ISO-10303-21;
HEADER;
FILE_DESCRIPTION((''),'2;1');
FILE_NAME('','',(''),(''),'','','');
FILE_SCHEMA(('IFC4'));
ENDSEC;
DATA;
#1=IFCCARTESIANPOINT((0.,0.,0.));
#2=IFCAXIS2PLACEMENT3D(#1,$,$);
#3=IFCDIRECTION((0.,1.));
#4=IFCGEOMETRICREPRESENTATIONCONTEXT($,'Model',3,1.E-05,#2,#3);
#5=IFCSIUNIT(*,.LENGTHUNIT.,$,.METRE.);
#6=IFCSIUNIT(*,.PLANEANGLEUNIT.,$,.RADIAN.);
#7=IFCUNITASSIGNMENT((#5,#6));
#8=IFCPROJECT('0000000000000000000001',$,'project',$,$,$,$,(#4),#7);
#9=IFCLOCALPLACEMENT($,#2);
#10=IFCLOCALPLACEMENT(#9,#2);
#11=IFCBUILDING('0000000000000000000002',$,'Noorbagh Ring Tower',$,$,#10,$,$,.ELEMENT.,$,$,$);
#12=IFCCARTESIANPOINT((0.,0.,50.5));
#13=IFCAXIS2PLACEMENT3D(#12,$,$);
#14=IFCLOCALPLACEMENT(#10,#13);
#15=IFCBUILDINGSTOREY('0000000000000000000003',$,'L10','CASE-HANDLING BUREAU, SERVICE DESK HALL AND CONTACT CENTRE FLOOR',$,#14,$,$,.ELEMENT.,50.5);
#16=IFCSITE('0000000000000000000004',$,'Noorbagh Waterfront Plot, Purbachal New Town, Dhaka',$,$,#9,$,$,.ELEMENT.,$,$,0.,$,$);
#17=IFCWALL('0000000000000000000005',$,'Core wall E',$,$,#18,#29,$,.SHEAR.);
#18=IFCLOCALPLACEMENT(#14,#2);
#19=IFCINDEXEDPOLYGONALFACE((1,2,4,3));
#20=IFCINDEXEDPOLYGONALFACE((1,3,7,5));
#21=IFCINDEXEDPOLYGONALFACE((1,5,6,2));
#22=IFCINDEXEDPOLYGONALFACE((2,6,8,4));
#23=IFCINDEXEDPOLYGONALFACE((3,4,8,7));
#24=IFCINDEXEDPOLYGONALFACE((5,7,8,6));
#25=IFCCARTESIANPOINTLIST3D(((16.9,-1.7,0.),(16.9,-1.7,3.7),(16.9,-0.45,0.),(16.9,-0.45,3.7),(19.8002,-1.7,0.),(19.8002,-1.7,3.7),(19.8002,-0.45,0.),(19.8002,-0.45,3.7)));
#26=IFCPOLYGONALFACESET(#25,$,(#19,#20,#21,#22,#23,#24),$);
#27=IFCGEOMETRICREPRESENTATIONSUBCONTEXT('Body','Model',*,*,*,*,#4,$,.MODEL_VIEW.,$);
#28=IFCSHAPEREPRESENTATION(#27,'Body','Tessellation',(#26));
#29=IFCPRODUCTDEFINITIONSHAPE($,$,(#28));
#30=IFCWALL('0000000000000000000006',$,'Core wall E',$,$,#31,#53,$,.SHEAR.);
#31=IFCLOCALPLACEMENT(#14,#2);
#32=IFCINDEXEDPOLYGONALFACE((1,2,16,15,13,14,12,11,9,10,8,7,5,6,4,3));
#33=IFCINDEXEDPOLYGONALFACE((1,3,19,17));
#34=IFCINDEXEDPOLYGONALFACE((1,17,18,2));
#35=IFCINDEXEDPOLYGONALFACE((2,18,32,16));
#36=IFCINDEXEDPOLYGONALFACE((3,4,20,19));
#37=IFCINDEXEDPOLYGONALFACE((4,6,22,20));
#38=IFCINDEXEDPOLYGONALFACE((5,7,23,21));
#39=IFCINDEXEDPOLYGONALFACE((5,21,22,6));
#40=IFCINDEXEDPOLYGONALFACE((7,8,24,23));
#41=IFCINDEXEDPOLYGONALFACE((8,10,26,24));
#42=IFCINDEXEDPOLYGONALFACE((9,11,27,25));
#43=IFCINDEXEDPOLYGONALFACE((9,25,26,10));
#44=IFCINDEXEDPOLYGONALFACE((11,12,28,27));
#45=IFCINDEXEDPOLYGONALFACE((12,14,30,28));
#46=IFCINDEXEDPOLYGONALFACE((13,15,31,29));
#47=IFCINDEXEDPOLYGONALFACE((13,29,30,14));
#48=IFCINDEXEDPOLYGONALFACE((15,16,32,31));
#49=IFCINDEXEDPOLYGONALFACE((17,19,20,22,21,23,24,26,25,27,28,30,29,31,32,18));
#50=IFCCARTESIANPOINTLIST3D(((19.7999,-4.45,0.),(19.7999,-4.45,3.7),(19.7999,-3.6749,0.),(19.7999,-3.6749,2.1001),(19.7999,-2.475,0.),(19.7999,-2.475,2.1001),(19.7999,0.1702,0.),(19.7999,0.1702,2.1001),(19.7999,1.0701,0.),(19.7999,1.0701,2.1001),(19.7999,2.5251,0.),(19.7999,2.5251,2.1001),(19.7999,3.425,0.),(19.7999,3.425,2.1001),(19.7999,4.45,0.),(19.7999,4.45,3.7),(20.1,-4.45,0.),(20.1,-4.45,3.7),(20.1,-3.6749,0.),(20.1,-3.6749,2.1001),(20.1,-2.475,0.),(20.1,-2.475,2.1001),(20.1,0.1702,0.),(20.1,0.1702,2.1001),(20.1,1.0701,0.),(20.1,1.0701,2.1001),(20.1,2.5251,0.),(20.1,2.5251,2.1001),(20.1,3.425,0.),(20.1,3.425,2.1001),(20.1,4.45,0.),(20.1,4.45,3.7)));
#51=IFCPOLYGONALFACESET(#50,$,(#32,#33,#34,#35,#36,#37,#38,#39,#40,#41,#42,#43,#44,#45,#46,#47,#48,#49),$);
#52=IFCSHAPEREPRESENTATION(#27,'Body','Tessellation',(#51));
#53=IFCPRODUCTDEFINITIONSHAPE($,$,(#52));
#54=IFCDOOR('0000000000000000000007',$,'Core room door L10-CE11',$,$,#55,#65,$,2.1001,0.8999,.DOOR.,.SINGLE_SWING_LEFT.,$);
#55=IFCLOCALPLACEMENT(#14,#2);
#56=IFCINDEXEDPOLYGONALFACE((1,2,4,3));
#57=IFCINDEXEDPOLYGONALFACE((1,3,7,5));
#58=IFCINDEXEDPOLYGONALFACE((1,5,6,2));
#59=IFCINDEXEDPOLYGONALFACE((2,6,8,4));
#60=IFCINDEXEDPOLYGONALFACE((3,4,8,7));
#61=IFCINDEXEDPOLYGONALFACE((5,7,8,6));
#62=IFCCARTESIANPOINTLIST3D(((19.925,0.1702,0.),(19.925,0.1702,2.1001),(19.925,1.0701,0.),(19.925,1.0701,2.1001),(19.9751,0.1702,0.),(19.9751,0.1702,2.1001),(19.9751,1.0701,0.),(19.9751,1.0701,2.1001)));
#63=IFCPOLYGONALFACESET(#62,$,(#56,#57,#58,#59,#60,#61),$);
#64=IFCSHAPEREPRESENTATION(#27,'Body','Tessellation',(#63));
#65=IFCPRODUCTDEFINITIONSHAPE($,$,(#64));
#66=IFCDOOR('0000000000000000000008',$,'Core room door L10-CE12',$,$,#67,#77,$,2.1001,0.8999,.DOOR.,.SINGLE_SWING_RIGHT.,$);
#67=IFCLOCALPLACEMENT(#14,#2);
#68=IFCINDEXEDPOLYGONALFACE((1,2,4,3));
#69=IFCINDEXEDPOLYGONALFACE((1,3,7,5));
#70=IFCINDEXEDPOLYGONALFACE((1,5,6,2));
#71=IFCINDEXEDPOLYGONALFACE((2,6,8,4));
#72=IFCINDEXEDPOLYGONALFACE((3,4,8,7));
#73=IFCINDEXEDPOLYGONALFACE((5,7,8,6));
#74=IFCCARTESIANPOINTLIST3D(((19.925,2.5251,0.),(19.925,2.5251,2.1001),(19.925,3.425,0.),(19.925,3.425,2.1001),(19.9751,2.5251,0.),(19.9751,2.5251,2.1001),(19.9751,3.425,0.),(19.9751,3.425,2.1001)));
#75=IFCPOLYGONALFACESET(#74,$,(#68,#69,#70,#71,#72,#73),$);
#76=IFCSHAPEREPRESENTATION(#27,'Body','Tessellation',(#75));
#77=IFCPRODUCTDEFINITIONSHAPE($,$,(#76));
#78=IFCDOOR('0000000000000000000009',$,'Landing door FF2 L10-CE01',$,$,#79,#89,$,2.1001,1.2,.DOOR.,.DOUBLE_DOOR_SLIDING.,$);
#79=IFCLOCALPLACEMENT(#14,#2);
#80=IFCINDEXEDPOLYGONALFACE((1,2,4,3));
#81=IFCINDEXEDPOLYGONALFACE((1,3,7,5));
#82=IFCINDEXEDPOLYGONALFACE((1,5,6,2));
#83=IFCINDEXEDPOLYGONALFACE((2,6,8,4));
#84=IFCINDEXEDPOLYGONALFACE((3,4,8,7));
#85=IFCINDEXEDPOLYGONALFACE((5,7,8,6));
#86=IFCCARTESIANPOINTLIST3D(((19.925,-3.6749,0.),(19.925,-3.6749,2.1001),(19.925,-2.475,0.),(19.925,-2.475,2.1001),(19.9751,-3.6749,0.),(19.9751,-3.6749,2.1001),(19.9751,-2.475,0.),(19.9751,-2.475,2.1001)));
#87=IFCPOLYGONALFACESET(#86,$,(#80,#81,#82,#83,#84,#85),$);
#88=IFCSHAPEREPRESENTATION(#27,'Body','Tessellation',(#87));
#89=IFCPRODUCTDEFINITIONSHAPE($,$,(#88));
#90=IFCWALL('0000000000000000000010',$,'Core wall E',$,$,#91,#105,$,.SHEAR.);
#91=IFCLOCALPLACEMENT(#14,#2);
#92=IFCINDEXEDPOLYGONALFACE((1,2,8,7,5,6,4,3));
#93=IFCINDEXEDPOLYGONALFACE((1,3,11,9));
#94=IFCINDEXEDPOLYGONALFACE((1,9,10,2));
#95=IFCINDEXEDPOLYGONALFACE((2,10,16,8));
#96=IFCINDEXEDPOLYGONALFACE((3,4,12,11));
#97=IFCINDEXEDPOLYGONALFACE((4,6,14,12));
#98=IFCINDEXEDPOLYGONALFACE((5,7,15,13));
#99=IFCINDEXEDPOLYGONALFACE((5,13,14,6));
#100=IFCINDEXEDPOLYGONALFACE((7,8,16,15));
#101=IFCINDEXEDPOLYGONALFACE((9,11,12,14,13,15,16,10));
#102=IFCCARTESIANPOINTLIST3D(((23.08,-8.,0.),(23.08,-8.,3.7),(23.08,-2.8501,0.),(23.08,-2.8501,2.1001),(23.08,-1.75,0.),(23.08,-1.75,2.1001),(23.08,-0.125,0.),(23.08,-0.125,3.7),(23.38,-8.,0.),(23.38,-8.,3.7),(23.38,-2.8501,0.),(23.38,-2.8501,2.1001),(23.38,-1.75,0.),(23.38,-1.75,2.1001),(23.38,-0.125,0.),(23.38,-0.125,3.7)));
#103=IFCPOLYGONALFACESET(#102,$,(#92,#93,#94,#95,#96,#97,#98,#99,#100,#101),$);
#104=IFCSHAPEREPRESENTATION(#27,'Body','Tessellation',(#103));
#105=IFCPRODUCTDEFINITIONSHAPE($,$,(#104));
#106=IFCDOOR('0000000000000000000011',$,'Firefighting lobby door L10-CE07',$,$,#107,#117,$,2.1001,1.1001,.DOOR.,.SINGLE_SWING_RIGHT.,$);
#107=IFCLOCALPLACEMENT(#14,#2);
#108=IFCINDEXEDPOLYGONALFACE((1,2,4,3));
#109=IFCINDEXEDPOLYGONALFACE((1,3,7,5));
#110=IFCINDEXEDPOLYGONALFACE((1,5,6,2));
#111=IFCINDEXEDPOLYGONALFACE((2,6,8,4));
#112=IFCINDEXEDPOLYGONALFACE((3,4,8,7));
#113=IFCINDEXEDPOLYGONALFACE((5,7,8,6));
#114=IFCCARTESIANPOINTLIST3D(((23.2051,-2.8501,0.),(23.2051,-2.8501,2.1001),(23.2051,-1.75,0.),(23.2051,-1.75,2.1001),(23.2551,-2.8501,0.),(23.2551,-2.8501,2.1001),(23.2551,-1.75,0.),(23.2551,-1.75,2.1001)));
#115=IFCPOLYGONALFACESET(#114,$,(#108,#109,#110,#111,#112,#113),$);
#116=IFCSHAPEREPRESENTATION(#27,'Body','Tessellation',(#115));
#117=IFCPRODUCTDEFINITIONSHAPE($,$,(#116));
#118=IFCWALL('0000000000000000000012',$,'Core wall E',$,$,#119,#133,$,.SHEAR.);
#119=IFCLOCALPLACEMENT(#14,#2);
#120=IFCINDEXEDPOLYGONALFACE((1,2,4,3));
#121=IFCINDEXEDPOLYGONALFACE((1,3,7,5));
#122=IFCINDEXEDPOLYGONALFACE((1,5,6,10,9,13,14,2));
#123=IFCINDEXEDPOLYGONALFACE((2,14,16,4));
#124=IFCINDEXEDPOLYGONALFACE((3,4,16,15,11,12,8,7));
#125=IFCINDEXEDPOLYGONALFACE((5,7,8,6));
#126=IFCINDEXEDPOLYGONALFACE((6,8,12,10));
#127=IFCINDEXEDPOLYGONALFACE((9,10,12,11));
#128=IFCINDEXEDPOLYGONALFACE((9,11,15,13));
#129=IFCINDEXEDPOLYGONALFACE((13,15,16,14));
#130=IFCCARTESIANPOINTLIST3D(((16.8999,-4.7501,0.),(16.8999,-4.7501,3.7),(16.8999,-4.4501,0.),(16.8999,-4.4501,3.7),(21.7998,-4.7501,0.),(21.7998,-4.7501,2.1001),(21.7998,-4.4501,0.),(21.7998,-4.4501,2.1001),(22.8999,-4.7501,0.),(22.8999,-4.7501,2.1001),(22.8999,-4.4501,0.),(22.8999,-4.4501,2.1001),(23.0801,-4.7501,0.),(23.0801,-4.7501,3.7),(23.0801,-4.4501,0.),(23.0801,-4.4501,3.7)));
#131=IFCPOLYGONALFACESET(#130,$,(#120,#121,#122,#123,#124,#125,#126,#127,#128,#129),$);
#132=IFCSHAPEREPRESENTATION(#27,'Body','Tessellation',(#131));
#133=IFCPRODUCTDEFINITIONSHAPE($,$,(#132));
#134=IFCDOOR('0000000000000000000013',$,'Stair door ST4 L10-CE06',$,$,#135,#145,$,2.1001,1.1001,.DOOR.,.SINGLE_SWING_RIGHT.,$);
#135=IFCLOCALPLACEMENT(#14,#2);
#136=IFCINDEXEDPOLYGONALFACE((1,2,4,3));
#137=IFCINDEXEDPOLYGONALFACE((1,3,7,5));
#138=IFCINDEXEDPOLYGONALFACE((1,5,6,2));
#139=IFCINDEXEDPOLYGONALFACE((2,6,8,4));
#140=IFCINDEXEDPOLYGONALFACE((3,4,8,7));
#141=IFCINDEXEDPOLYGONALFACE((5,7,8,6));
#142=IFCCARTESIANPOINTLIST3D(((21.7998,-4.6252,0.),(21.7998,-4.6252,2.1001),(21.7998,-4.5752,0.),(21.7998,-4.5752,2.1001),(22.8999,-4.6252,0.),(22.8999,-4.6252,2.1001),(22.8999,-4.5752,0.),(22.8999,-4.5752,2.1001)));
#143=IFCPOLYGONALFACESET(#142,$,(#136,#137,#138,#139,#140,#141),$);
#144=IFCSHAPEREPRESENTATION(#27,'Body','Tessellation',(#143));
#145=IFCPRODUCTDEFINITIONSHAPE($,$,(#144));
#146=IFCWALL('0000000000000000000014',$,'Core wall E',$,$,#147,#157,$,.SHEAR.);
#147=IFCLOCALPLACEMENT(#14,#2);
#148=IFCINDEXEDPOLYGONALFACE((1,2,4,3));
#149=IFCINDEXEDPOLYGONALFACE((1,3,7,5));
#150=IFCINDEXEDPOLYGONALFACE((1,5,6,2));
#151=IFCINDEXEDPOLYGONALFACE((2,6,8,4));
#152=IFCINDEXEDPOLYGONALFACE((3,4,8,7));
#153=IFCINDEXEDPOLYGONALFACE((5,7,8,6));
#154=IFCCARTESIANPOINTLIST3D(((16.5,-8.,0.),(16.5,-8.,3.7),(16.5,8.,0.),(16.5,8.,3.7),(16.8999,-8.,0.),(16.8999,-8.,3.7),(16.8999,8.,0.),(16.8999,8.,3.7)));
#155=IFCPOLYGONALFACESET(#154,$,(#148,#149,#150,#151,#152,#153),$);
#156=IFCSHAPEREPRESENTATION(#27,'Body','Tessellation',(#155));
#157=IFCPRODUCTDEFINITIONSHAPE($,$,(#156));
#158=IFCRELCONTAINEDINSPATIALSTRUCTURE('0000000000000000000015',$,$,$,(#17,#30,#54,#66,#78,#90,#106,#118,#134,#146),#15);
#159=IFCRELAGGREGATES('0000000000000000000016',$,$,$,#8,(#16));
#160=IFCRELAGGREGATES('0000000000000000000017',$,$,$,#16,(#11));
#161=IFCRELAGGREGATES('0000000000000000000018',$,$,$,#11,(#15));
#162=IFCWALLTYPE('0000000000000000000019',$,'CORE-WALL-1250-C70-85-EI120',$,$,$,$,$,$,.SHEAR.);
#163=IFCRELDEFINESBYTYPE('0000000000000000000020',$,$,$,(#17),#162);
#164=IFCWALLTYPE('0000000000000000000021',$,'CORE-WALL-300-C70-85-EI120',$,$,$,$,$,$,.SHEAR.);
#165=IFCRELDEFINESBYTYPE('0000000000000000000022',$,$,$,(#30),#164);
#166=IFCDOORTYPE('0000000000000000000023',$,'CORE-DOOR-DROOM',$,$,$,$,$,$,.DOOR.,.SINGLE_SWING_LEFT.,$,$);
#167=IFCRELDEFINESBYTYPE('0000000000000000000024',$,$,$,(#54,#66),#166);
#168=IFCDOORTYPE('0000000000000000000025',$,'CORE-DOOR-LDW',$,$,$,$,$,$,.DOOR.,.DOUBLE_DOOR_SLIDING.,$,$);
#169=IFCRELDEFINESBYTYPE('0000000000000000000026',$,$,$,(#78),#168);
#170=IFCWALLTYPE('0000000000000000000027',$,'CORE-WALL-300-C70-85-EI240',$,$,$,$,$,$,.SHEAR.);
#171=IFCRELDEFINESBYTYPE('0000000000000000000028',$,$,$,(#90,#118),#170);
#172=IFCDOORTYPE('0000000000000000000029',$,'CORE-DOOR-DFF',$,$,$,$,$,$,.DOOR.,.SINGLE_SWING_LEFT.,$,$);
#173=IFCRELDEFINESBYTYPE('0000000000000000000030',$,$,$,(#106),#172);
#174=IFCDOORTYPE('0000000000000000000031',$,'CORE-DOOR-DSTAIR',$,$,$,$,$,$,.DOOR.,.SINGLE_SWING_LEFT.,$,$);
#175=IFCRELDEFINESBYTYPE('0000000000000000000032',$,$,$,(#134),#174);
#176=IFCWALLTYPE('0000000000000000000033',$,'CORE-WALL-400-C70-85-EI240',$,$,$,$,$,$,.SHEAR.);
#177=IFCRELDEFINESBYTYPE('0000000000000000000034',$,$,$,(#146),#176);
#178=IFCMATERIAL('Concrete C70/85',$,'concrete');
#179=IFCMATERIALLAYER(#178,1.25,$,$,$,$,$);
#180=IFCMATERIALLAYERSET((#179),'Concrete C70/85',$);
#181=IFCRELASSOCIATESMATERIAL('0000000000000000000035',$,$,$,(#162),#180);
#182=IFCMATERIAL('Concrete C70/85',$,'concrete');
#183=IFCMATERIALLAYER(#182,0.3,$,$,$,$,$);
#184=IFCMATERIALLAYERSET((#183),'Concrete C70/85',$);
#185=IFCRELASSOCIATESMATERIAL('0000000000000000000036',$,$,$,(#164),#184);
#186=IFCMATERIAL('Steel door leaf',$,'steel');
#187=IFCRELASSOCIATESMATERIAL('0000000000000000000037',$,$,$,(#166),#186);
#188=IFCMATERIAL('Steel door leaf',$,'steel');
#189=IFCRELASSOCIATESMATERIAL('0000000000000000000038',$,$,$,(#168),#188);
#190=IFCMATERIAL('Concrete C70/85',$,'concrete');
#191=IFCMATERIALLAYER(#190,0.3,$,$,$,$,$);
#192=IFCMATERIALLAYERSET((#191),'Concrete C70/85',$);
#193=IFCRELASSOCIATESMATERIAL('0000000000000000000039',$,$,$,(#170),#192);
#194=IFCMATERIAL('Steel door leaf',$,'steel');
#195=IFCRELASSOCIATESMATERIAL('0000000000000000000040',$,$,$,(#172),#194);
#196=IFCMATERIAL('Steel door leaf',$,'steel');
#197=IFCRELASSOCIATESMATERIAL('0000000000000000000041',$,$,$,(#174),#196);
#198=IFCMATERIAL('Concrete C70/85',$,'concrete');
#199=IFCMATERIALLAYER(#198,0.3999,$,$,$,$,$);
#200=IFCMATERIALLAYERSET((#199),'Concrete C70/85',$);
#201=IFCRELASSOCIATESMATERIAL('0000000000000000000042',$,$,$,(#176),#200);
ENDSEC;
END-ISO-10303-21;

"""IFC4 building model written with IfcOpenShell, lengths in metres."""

from ifc_helpers import new_model, si_unit, direction, frame, frame_2d, origin, place, context, subcontext, project, spatial, rectangle, extrude, material, layer, layer_set, type_object, element, fill, save


model = new_model("IFC4")

# Units and contexts
model_context = context("Model", 3, precision=1e-05, world=origin(), true_north=direction((0.0, 1.0)))
body_context = subcontext(model_context, "Body", "Model", "MODEL_VIEW")
ifc_project = project(units=[si_unit("LENGTHUNIT", "METRE"), si_unit("PLANEANGLEUNIT", "RADIAN")], contexts=[model_context])

# Site, building, storey
site_placement = place(None, origin())
site = spatial("IfcSite", under=ifc_project, at=site_placement, Name="Noorbagh Waterfront Plot, Purbachal New Town, Dhaka", CompositionType="ELEMENT", RefElevation=0.0)
building_placement = place(site_placement, origin())
building = spatial("IfcBuilding", under=site, at=building_placement, Name="Noorbagh Ring Tower", CompositionType="ELEMENT")
storey_placement = place(building_placement, frame((0.0, 0.0, 50.5)))
storey = spatial("IfcBuildingStorey", under=building, at=storey_placement, Name="L10", Description="CASE-HANDLING BUREAU, SERVICE DESK HALL AND CONTACT CENTRE FLOOR", CompositionType="ELEMENT", Elevation=50.5)

# Wall
ifc_material_1 = material(Name="Concrete C70/85", Category="concrete")
ifc_layer_1 = layer(ifc_material_1, 1.25)
ifc_layer_set_1 = layer_set([ifc_layer_1], Name="Concrete C70/85")
wall_type_1 = type_object("IfcWallType", Name="CORE-WALL-1250-C70-85-EI120", PredefinedType="SHEAR", material=ifc_layer_set_1)
wall_1_placement = place(storey_placement, frame((16.8999, -1.075, 0.0), z_axis=(0.0, 0.0, 1.0), x_axis=(1.0, 0.0, 0.0)))
element("IfcWall", 1, at=wall_1_placement, inside=storey, type_object=wall_type_1, Name="Core wall E", PredefinedType="SHEAR", context=body_context, shape_type="SweptSolid", body=[
    extrude(rectangle(XDim=2.9001, YDim=1.25, at=frame_2d((1.4502, 0.0))), origin(), (0.0, 0.0, 1.0), 3.7),
])

# Wall, openings, doors
ifc_material_2 = material(Name="Concrete C70/85", Category="concrete")
ifc_layer_2 = layer(ifc_material_2, 0.3)
ifc_layer_set_2 = layer_set([ifc_layer_2], Name="Concrete C70/85")
wall_type_2 = type_object("IfcWallType", Name="CORE-WALL-300-C70-85-EI120", PredefinedType="SHEAR", material=ifc_layer_set_2)
wall_2_placement = place(storey_placement, frame((19.95, -4.45, 0.0), z_axis=(0.0, 0.0, 1.0), x_axis=(0.0, 1.0, 0.0)))
wall_2 = element("IfcWall", 2, at=wall_2_placement, inside=storey, type_object=wall_type_2, Name="Core wall E", PredefinedType="SHEAR", context=body_context, shape_type="SweptSolid", body=[
    extrude(rectangle(XDim=8.8999, YDim=0.3, at=frame_2d((4.45, 0.0))), origin(), (0.0, 0.0, 1.0), 3.7),
])
opening_1_placement = place(wall_2_placement, frame((0.7749, 0.0, 0.0)))
opening_1 = element("IfcOpeningElement", 3, at=opening_1_placement, cuts=wall_2, PredefinedType="OPENING", context=body_context, shape_type="SweptSolid", body=[
    extrude(rectangle(XDim=1.2, YDim=2.1001, at=frame_2d((0.6001, 1.05))), frame((0.0, 0.1602, 0.0), z_axis=(0.0, -1.0, 0.0), x_axis=(1.0, 0.0, 0.0)), (0.0, 0.0, 1.0), 0.3201),
])
opening_2_placement = place(wall_2_placement, frame((4.6201, 0.0, 0.0)))
opening_2 = element("IfcOpeningElement", 4, at=opening_2_placement, cuts=wall_2, PredefinedType="OPENING", context=body_context, shape_type="SweptSolid", body=[
    extrude(rectangle(XDim=0.8999, YDim=2.1001, at=frame_2d((0.45, 1.05))), frame((0.0, 0.1602, 0.0), z_axis=(0.0, -1.0, 0.0), x_axis=(1.0, 0.0, 0.0)), (0.0, 0.0, 1.0), 0.3201),
])
opening_3_placement = place(wall_2_placement, frame((6.9751, 0.0, 0.0)))
opening_3 = element("IfcOpeningElement", 5, at=opening_3_placement, cuts=wall_2, PredefinedType="OPENING", context=body_context, shape_type="SweptSolid", body=[
    extrude(rectangle(XDim=0.8999, YDim=2.1001, at=frame_2d((0.45, 1.05))), frame((0.0, 0.1602, 0.0), z_axis=(0.0, -1.0, 0.0), x_axis=(1.0, 0.0, 0.0)), (0.0, 0.0, 1.0), 0.3201),
])
ifc_material_3 = material(Name="Steel door leaf", Category="steel")
door_type_1 = type_object("IfcDoorType", Name="CORE-DOOR-DROOM", OperationType="SINGLE_SWING_LEFT", PredefinedType="DOOR", material=ifc_material_3)
door_1_placement = place(opening_2_placement, origin())
door_1 = element("IfcDoor", 6, at=door_1_placement, inside=storey, type_object=door_type_1, Name="Core room door L10-CE11", OperationType="SINGLE_SWING_LEFT", OverallHeight=2.1001, OverallWidth=0.8999, PredefinedType="DOOR", context=body_context, shape_type="SweptSolid", body=[
    extrude(rectangle(XDim=0.8999, YDim=2.1001, at=frame_2d((0.45, 1.05))), frame((0.0, 0.0249, 0.0), z_axis=(0.0, -1.0, 0.0), x_axis=(1.0, 0.0, 0.0)), (0.0, 0.0, 1.0), 0.05),
])
fill(opening_2, door_1)
door_2_placement = place(opening_3_placement, origin())
door_2 = element("IfcDoor", 7, at=door_2_placement, inside=storey, type_object=door_type_1, Name="Core room door L10-CE12", OperationType="SINGLE_SWING_RIGHT", OverallHeight=2.1001, OverallWidth=0.8999, PredefinedType="DOOR", context=body_context, shape_type="SweptSolid", body=[
    extrude(rectangle(XDim=0.8999, YDim=2.1001, at=frame_2d((0.45, 1.05))), frame((0.0, 0.0249, 0.0), z_axis=(0.0, -1.0, 0.0), x_axis=(1.0, 0.0, 0.0)), (0.0, 0.0, 1.0), 0.05),
])
fill(opening_3, door_2)
ifc_material_4 = material(Name="Steel door leaf", Category="steel")
door_type_2 = type_object("IfcDoorType", Name="CORE-DOOR-LDW", OperationType="DOUBLE_DOOR_SLIDING", PredefinedType="DOOR", material=ifc_material_4)
door_3_placement = place(opening_1_placement, origin())
door_3 = element("IfcDoor", 8, at=door_3_placement, inside=storey, type_object=door_type_2, Name="Landing door FF2 L10-CE01", OperationType="DOUBLE_DOOR_SLIDING", OverallHeight=2.1001, OverallWidth=1.2, PredefinedType="DOOR", context=body_context, shape_type="SweptSolid", body=[
    extrude(rectangle(XDim=1.2, YDim=2.1001, at=frame_2d((0.6001, 1.05))), frame((0.0, 0.0249, 0.0), z_axis=(0.0, -1.0, 0.0), x_axis=(1.0, 0.0, 0.0)), (0.0, 0.0, 1.0), 0.05),
])
fill(opening_1, door_3)

# Walls, openings, doors
ifc_material_5 = material(Name="Concrete C70/85", Category="concrete")
ifc_layer_3 = layer(ifc_material_5, 0.3)
ifc_layer_set_3 = layer_set([ifc_layer_3], Name="Concrete C70/85")
wall_type_3 = type_object("IfcWallType", Name="CORE-WALL-300-C70-85-EI240", PredefinedType="SHEAR", material=ifc_layer_set_3)
wall_3_placement = place(storey_placement, frame((23.23, -8.0, 0.0), z_axis=(0.0, 0.0, 1.0), x_axis=(0.0, 1.0, 0.0)))
wall_3 = element("IfcWall", 9, at=wall_3_placement, inside=storey, type_object=wall_type_3, Name="Core wall E", PredefinedType="SHEAR", context=body_context, shape_type="SweptSolid", body=[
    extrude(rectangle(XDim=7.875, YDim=0.3, at=frame_2d((3.9375, 0.0))), origin(), (0.0, 0.0, 1.0), 3.7),
])
opening_4_placement = place(wall_3_placement, frame((5.1499, 0.0, 0.0)))
opening_4 = element("IfcOpeningElement", 10, at=opening_4_placement, cuts=wall_3, PredefinedType="OPENING", context=body_context, shape_type="SweptSolid", body=[
    extrude(rectangle(XDim=1.1001, YDim=2.1001, at=frame_2d((0.55, 1.05))), frame((0.0, 0.1602, 0.0), z_axis=(0.0, -1.0, 0.0), x_axis=(1.0, 0.0, 0.0)), (0.0, 0.0, 1.0), 0.3201),
])
ifc_material_6 = material(Name="Steel door leaf", Category="steel")
door_type_3 = type_object("IfcDoorType", Name="CORE-DOOR-DFF", OperationType="SINGLE_SWING_LEFT", PredefinedType="DOOR", material=ifc_material_6)
door_4_placement = place(opening_4_placement, origin())
door_4 = element("IfcDoor", 11, at=door_4_placement, inside=storey, type_object=door_type_3, Name="Firefighting lobby door L10-CE07", OperationType="SINGLE_SWING_RIGHT", OverallHeight=2.1001, OverallWidth=1.1001, PredefinedType="DOOR", context=body_context, shape_type="SweptSolid", body=[
    extrude(rectangle(XDim=1.1001, YDim=2.1001, at=frame_2d((0.55, 1.05))), frame((0.0, 0.0249, 0.0), z_axis=(0.0, -1.0, 0.0), x_axis=(1.0, 0.0, 0.0)), (0.0, 0.0, 1.0), 0.05),
])
fill(opening_4, door_4)
wall_4_placement = place(storey_placement, frame((16.8999, -4.6001, 0.0), z_axis=(0.0, 0.0, 1.0), x_axis=(1.0, 0.0, 0.0)))
wall_4 = element("IfcWall", 12, at=wall_4_placement, inside=storey, type_object=wall_type_3, Name="Core wall E", PredefinedType="SHEAR", context=body_context, shape_type="SweptSolid", body=[
    extrude(rectangle(XDim=6.1802, YDim=0.3, at=frame_2d((3.0901, 0.0))), origin(), (0.0, 0.0, 1.0), 3.7),
])
opening_5_placement = place(wall_4_placement, frame((4.8999, 0.0, 0.0)))
opening_5 = element("IfcOpeningElement", 13, at=opening_5_placement, cuts=wall_4, PredefinedType="OPENING", context=body_context, shape_type="SweptSolid", body=[
    extrude(rectangle(XDim=1.1001, YDim=2.1001, at=frame_2d((0.55, 1.05))), frame((0.0, 0.1602, 0.0), z_axis=(0.0, -1.0, 0.0), x_axis=(1.0, 0.0, 0.0)), (0.0, 0.0, 1.0), 0.3201),
])
ifc_material_7 = material(Name="Steel door leaf", Category="steel")
door_type_4 = type_object("IfcDoorType", Name="CORE-DOOR-DSTAIR", OperationType="SINGLE_SWING_LEFT", PredefinedType="DOOR", material=ifc_material_7)
door_5_placement = place(opening_5_placement, origin())
door_5 = element("IfcDoor", 14, at=door_5_placement, inside=storey, type_object=door_type_4, Name="Stair door ST4 L10-CE06", OperationType="SINGLE_SWING_RIGHT", OverallHeight=2.1001, OverallWidth=1.1001, PredefinedType="DOOR", context=body_context, shape_type="SweptSolid", body=[
    extrude(rectangle(XDim=1.1001, YDim=2.1001, at=frame_2d((0.55, 1.05))), frame((0.0, 0.0249, 0.0), z_axis=(0.0, -1.0, 0.0), x_axis=(1.0, 0.0, 0.0)), (0.0, 0.0, 1.0), 0.05),
])
fill(opening_5, door_5)

# Wall
ifc_material_8 = material(Name="Concrete C70/85", Category="concrete")
ifc_layer_4 = layer(ifc_material_8, 0.3999)
ifc_layer_set_4 = layer_set([ifc_layer_4], Name="Concrete C70/85")
wall_type_4 = type_object("IfcWallType", Name="CORE-WALL-400-C70-85-EI240", PredefinedType="SHEAR", material=ifc_layer_set_4)
wall_5_placement = place(storey_placement, frame((16.7, -8.0, 0.0), z_axis=(0.0, 0.0, 1.0), x_axis=(0.0, 1.0, 0.0)))
element("IfcWall", 15, at=wall_5_placement, inside=storey, type_object=wall_type_4, Name="Core wall E", PredefinedType="SHEAR", context=body_context, shape_type="SweptSolid", body=[
    extrude(rectangle(XDim=16.0, YDim=0.3999, at=frame_2d((8.0, 0.0))), origin(), (0.0, 0.0, 1.0), 3.7),
])

save(model, "model.ifc")
